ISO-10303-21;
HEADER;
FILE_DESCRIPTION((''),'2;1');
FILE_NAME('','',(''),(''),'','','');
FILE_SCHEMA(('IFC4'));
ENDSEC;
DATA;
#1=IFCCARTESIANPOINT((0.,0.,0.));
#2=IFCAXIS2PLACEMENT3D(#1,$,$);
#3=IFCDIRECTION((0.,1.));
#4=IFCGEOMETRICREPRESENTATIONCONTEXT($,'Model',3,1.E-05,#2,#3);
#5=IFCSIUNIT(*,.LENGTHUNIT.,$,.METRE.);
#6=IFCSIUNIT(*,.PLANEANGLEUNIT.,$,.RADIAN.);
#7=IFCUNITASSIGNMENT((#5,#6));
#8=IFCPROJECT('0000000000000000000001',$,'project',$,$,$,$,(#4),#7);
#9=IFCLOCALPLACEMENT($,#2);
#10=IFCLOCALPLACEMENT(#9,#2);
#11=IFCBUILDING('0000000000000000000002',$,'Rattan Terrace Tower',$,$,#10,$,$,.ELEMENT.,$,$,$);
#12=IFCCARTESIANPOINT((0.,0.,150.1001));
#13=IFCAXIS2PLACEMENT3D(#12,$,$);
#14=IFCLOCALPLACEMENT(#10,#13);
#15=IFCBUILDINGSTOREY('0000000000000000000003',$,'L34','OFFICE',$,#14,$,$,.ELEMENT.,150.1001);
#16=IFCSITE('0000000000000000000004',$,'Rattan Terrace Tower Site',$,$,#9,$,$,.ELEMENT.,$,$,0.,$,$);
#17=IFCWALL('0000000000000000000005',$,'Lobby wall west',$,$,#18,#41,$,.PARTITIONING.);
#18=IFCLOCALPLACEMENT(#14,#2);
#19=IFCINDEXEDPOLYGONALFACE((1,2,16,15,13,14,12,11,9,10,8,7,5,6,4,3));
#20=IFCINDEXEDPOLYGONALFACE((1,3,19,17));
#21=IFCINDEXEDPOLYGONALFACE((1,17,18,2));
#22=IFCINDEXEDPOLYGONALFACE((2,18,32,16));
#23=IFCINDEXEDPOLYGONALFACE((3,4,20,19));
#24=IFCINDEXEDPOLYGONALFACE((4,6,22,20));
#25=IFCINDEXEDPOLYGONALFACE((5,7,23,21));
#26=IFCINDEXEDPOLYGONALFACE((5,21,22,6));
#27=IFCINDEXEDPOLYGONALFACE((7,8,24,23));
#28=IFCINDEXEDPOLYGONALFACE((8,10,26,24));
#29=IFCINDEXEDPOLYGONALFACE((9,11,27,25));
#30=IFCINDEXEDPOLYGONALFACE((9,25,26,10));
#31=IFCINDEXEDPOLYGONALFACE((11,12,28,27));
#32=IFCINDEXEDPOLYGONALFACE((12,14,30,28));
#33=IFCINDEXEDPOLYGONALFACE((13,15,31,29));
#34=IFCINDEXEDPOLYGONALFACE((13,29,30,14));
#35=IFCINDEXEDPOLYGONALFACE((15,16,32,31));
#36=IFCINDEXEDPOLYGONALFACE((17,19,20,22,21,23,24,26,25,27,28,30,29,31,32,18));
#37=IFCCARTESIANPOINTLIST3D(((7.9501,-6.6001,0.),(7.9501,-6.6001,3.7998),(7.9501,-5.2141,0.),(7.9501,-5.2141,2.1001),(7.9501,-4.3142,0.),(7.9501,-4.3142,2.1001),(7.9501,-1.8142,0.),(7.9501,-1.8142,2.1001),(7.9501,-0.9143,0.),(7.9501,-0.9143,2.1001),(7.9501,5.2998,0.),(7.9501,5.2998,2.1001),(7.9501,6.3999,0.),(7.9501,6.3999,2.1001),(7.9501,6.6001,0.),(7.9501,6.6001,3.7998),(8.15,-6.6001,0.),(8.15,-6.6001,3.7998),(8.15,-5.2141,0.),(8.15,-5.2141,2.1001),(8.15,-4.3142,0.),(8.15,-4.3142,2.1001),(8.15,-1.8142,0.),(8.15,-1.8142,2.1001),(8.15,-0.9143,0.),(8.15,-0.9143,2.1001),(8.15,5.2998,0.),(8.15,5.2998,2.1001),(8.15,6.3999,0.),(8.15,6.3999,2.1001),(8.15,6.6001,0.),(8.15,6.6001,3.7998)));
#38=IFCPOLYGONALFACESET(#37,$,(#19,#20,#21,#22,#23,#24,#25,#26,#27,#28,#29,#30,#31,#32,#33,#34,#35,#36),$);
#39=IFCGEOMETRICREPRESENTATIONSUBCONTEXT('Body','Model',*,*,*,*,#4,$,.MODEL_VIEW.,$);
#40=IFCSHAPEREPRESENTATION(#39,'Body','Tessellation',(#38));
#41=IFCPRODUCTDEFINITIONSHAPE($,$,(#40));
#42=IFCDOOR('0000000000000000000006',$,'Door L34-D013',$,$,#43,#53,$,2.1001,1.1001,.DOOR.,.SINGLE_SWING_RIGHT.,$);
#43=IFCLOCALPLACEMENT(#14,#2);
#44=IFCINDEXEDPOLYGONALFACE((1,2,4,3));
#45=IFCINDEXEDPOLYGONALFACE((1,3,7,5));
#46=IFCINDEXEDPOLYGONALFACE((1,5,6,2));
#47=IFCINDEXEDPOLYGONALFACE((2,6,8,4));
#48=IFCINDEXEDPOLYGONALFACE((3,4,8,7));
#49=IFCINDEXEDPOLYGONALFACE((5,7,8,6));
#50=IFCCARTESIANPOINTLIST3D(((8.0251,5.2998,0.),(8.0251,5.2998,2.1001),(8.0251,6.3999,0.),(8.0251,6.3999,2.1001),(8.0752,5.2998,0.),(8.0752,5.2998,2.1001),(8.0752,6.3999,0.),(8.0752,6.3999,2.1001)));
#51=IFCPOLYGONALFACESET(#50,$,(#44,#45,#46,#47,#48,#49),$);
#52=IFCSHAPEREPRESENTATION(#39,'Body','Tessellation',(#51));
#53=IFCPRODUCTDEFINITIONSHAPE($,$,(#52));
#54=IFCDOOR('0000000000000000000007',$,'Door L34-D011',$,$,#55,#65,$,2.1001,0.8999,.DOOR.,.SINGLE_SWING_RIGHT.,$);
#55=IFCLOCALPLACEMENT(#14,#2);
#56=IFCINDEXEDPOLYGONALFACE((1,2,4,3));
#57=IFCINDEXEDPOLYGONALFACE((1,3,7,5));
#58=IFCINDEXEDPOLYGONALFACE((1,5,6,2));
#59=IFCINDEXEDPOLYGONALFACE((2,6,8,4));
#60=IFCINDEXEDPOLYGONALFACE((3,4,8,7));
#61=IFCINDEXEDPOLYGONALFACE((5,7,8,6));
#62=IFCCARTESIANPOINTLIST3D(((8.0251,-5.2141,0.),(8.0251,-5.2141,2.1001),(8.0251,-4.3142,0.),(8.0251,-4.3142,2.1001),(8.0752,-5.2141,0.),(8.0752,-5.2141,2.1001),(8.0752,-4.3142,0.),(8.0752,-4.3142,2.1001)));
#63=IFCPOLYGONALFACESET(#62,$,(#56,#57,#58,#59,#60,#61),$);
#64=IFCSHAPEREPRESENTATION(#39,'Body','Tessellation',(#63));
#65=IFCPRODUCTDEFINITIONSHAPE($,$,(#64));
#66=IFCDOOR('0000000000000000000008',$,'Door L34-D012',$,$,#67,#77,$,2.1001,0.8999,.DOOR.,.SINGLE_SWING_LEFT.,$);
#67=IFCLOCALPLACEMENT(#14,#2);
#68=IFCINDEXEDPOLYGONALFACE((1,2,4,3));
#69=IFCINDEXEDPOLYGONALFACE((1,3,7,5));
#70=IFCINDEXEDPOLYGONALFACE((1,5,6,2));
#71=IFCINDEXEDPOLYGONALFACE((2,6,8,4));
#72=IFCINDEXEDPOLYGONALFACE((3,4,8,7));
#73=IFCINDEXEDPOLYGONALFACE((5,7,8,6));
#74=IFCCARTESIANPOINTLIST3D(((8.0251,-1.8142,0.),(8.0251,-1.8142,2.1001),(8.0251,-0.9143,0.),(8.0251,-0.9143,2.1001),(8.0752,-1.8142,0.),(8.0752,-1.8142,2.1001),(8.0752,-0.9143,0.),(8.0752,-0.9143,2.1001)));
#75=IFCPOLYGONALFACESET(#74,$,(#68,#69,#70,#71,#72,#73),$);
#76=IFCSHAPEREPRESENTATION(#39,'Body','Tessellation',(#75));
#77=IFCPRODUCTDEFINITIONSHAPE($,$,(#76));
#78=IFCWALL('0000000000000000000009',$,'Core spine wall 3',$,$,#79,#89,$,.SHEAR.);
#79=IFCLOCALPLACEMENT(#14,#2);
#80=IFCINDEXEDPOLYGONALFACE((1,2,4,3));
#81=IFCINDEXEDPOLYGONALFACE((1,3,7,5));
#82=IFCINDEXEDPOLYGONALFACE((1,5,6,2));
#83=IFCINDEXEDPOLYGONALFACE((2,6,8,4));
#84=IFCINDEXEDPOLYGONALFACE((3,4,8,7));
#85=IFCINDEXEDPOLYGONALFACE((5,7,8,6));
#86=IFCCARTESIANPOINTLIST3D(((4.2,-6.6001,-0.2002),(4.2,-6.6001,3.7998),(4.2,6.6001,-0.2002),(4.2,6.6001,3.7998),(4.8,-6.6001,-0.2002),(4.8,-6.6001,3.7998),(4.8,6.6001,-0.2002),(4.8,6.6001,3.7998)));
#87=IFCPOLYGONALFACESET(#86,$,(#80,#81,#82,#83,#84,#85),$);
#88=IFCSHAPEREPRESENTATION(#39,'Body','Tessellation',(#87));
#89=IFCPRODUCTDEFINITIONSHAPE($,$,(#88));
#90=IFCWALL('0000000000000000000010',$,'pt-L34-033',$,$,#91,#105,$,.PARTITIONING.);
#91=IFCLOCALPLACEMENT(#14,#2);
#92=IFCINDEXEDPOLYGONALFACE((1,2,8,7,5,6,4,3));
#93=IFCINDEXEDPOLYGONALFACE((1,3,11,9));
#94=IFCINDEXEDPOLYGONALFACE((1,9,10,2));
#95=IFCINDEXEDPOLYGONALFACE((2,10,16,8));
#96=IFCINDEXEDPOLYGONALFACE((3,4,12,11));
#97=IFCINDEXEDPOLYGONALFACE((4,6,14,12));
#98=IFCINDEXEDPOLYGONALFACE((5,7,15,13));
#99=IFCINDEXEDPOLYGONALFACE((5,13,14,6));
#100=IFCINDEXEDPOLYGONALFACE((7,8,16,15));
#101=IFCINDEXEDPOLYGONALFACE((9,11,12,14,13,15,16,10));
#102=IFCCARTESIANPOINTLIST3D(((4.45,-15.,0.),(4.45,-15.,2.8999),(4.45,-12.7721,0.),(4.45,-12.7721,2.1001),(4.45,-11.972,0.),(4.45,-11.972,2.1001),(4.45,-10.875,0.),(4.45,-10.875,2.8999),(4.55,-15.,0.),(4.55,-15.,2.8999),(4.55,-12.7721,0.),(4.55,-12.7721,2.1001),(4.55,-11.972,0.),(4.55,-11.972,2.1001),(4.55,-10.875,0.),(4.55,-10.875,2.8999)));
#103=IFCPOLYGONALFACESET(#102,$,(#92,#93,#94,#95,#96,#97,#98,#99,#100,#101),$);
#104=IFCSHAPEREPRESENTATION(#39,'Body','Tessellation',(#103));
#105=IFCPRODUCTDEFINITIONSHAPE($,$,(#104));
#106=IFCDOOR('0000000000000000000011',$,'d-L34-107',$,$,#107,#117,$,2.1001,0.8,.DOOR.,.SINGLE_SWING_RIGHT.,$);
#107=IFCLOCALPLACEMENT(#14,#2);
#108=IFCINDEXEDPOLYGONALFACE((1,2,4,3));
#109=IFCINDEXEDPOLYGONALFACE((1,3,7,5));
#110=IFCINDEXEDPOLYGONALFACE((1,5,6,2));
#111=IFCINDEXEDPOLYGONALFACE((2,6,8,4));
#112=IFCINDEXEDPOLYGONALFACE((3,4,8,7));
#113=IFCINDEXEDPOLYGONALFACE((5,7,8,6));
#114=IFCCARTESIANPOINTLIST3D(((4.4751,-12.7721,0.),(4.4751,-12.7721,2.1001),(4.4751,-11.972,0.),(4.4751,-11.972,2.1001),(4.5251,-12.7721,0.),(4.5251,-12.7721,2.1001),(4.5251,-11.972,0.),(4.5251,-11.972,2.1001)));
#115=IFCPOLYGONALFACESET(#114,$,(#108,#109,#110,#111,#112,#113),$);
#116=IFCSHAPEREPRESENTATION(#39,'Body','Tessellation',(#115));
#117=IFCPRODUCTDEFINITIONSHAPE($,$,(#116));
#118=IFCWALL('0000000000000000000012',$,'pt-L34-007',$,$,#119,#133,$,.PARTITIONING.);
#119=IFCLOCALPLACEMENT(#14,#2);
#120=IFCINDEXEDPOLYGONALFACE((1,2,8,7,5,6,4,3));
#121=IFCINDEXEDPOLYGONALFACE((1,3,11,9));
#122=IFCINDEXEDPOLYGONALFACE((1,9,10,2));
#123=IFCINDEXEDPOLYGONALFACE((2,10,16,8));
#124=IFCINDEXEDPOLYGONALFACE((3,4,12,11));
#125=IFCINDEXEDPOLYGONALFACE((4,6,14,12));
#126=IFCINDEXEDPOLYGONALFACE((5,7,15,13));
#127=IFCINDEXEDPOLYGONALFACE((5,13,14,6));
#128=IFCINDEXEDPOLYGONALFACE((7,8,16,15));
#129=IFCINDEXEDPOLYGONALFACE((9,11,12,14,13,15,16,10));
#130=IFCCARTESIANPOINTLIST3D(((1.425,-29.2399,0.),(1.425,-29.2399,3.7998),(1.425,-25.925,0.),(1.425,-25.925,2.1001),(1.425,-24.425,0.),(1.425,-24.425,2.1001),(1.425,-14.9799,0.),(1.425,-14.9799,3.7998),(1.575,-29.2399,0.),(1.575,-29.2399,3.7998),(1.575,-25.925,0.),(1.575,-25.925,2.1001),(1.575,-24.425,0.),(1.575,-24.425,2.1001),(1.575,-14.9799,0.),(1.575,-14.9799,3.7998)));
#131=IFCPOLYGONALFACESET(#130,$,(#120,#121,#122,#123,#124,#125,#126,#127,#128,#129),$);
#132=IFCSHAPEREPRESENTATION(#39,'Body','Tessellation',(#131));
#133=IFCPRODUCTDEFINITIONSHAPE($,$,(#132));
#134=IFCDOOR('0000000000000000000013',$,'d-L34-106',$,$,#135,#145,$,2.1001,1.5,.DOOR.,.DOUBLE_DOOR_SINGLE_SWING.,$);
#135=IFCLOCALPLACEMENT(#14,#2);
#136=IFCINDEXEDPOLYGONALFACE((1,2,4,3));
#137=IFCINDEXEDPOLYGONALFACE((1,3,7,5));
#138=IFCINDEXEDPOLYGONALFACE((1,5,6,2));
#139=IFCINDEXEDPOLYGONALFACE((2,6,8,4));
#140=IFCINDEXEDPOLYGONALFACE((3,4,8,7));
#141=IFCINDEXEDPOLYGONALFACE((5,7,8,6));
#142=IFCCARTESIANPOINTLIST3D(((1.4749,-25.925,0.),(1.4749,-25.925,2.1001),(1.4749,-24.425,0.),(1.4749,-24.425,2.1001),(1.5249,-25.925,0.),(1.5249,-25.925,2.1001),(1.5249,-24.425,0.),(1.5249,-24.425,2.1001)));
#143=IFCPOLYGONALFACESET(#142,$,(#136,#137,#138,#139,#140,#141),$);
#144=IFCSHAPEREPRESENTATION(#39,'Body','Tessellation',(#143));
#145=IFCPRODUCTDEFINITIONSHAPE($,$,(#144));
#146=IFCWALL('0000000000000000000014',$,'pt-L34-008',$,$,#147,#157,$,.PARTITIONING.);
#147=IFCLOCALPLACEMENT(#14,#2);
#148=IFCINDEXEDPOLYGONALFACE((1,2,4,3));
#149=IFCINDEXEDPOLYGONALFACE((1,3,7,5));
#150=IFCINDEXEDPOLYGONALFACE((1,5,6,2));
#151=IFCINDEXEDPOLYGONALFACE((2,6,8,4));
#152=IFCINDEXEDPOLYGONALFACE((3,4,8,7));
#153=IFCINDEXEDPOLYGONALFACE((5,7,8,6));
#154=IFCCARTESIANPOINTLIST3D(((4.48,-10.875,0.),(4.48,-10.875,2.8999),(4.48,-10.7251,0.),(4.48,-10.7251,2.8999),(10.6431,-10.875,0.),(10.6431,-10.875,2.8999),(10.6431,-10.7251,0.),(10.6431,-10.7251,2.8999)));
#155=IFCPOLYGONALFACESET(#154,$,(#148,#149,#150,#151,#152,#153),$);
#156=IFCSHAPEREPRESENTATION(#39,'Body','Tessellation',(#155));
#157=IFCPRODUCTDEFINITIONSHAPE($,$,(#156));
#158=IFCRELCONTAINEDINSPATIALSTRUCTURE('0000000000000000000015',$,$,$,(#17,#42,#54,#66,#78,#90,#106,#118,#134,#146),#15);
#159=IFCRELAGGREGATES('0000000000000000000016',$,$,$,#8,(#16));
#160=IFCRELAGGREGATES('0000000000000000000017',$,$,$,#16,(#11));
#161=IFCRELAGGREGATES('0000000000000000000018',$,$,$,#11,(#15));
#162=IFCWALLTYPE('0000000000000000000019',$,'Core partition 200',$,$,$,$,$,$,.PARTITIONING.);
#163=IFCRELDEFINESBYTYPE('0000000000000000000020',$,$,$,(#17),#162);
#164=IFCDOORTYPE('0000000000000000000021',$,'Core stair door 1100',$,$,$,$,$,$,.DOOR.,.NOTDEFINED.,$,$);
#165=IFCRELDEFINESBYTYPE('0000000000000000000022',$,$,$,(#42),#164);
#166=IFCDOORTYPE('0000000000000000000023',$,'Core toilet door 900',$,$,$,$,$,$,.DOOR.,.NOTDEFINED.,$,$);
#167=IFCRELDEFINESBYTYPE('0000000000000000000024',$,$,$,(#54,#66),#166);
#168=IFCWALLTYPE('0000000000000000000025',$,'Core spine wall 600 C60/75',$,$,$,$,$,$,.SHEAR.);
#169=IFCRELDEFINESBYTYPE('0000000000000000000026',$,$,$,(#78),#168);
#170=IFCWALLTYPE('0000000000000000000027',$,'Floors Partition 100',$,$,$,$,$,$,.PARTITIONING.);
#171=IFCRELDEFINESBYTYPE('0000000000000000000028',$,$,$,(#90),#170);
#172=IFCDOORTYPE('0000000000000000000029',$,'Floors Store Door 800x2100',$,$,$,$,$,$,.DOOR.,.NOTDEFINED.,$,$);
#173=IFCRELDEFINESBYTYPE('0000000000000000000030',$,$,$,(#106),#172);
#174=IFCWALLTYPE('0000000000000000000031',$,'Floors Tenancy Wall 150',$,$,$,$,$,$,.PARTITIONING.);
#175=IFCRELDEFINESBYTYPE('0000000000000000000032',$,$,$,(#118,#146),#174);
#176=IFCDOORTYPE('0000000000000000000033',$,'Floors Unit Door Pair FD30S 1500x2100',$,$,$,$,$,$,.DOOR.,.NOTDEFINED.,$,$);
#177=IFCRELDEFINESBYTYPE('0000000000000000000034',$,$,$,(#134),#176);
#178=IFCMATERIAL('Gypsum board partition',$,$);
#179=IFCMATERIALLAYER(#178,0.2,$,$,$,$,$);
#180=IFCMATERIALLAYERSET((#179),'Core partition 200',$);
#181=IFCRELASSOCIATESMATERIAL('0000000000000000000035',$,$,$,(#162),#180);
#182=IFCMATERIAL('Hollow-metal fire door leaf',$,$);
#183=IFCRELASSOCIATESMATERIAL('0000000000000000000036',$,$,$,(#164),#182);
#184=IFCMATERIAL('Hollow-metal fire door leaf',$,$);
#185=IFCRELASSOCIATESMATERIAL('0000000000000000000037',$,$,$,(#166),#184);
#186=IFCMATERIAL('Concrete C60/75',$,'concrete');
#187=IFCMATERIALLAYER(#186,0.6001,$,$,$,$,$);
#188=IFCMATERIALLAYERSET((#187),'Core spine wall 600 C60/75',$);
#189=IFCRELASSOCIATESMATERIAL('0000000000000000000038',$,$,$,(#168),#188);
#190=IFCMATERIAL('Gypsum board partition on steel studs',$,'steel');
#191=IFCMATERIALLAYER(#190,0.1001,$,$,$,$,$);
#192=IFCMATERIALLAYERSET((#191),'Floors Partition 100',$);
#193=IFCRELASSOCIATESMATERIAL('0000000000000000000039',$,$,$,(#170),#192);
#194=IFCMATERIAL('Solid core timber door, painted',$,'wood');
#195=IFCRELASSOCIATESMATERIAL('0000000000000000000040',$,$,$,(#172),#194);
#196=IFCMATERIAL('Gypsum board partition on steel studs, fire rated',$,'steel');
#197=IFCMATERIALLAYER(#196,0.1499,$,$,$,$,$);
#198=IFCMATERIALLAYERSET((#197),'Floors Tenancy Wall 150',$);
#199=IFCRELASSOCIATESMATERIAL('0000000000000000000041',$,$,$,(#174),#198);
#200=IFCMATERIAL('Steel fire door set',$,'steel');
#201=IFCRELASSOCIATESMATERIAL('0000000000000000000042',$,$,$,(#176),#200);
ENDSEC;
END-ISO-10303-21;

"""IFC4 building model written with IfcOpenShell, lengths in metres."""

from ifc_helpers import new_model, si_unit, direction, frame, frame_2d, origin, place, context, subcontext, project, spatial, rectangle, extrude, material, layer, layer_set, type_object, element, fill, save


model = new_model("IFC4")

# Units and contexts
model_context = context("Model", 3, precision=1e-05, world=origin(), true_north=direction((0.0, 1.0)))
body_context = subcontext(model_context, "Body", "Model", "MODEL_VIEW")
ifc_project = project(units=[si_unit("LENGTHUNIT", "METRE"), si_unit("PLANEANGLEUNIT", "RADIAN")], contexts=[model_context])

# Site, building, storey
site_placement = place(None, origin())
site = spatial("IfcSite", under=ifc_project, at=site_placement, Name="Rattan Terrace Tower Site", CompositionType="ELEMENT", RefElevation=0.0)
building_placement = place(site_placement, origin())
building = spatial("IfcBuilding", under=site, at=building_placement, Name="Rattan Terrace Tower", CompositionType="ELEMENT")
storey_placement = place(building_placement, frame((0.0, 0.0, 150.1001)))
storey = spatial("IfcBuildingStorey", under=building, at=storey_placement, Name="L34", Description="OFFICE", CompositionType="ELEMENT", Elevation=150.1001)

# Wall, openings, doors
ifc_material_1 = material(Name="Gypsum board partition")
ifc_layer_1 = layer(ifc_material_1, 0.2)
ifc_layer_set_1 = layer_set([ifc_layer_1], Name="Core partition 200")
wall_type_1 = type_object("IfcWallType", Name="Core partition 200", PredefinedType="PARTITIONING", material=ifc_layer_set_1)
wall_1_placement = place(storey_placement, frame((8.05, -6.6001, 0.0), z_axis=(0.0, 0.0, 1.0), x_axis=(0.0, 1.0, 0.0)))
wall_1 = element("IfcWall", 1, at=wall_1_placement, inside=storey, type_object=wall_type_1, Name="Lobby wall west", PredefinedType="PARTITIONING", context=body_context, shape_type="SweptSolid", body=[
    extrude(rectangle(XDim=13.2002, YDim=0.2, at=frame_2d((6.6001, 0.0))), origin(), (0.0, 0.0, 1.0), 3.7998),
])
opening_1_placement = place(wall_1_placement, frame((1.386, 0.0, 0.0)))
opening_1 = element("IfcOpeningElement", 2, at=opening_1_placement, cuts=wall_1, PredefinedType="OPENING", context=body_context, shape_type="SweptSolid", body=[
    extrude(rectangle(XDim=0.8999, YDim=2.1001, at=frame_2d((0.45, 1.05))), frame((0.0, 0.1106, 0.0), z_axis=(0.0, -1.0, 0.0), x_axis=(1.0, 0.0, 0.0)), (0.0, 0.0, 1.0), 0.2209),
])
opening_2_placement = place(wall_1_placement, frame((4.7859, 0.0, 0.0)))
opening_2 = element("IfcOpeningElement", 3, at=opening_2_placement, cuts=wall_1, PredefinedType="OPENING", context=body_context, shape_type="SweptSolid", body=[
    extrude(rectangle(XDim=0.8999, YDim=2.1001, at=frame_2d((0.45, 1.05))), frame((0.0, 0.1106, 0.0), z_axis=(0.0, -1.0, 0.0), x_axis=(1.0, 0.0, 0.0)), (0.0, 0.0, 1.0), 0.2209),
])
opening_3_placement = place(wall_1_placement, frame((11.8999, 0.0, 0.0)))
opening_3 = element("IfcOpeningElement", 4, at=opening_3_placement, cuts=wall_1, PredefinedType="OPENING", context=body_context, shape_type="SweptSolid", body=[
    extrude(rectangle(XDim=1.1001, YDim=2.1001, at=frame_2d((0.55, 1.05))), frame((0.0, 0.1106, 0.0), z_axis=(0.0, -1.0, 0.0), x_axis=(1.0, 0.0, 0.0)), (0.0, 0.0, 1.0), 0.2209),
])
ifc_material_2 = material(Name="Hollow-metal fire door leaf")
door_type_1 = type_object("IfcDoorType", Name="Core stair door 1100", OperationType="NOTDEFINED", PredefinedType="DOOR", material=ifc_material_2)
door_1_placement = place(opening_3_placement, origin())
door_1 = element("IfcDoor", 5, at=door_1_placement, inside=storey, type_object=door_type_1, Name="Door L34-D013", OperationType="SINGLE_SWING_RIGHT", OverallHeight=2.1001, OverallWidth=1.1001, PredefinedType="DOOR", context=body_context, shape_type="SweptSolid", body=[
    extrude(rectangle(XDim=1.1001, YDim=2.1001, at=frame_2d((0.55, 1.05))), frame((0.0, 0.0249, 0.0), z_axis=(0.0, -1.0, 0.0), x_axis=(1.0, 0.0, 0.0)), (0.0, 0.0, 1.0), 0.05),
])
fill(opening_3, door_1)
ifc_material_3 = material(Name="Hollow-metal fire door leaf")
door_type_2 = type_object("IfcDoorType", Name="Core toilet door 900", OperationType="NOTDEFINED", PredefinedType="DOOR", material=ifc_material_3)
door_2_placement = place(opening_1_placement, origin())
door_2 = element("IfcDoor", 6, at=door_2_placement, inside=storey, type_object=door_type_2, Name="Door L34-D011", OperationType="SINGLE_SWING_RIGHT", OverallHeight=2.1001, OverallWidth=0.8999, PredefinedType="DOOR", context=body_context, shape_type="SweptSolid", body=[
    extrude(rectangle(XDim=0.8999, YDim=2.1001, at=frame_2d((0.45, 1.05))), frame((0.0, 0.0249, 0.0), z_axis=(0.0, -1.0, 0.0), x_axis=(1.0, 0.0, 0.0)), (0.0, 0.0, 1.0), 0.05),
])
fill(opening_1, door_2)
door_3_placement = place(opening_2_placement, origin())
door_3 = element("IfcDoor", 7, at=door_3_placement, inside=storey, type_object=door_type_2, Name="Door L34-D012", OperationType="SINGLE_SWING_LEFT", OverallHeight=2.1001, OverallWidth=0.8999, PredefinedType="DOOR", context=body_context, shape_type="SweptSolid", body=[
    extrude(rectangle(XDim=0.8999, YDim=2.1001, at=frame_2d((0.45, 1.05))), frame((0.0, 0.0249, 0.0), z_axis=(0.0, -1.0, 0.0), x_axis=(1.0, 0.0, 0.0)), (0.0, 0.0, 1.0), 0.05),
])
fill(opening_2, door_3)

# Wall
ifc_material_4 = material(Name="Concrete C60/75", Category="concrete")
ifc_layer_2 = layer(ifc_material_4, 0.6001)
ifc_layer_set_2 = layer_set([ifc_layer_2], Name="Core spine wall 600 C60/75")
wall_type_2 = type_object("IfcWallType", Name="Core spine wall 600 C60/75", PredefinedType="SHEAR", material=ifc_layer_set_2)
wall_2_placement = place(storey_placement, frame((4.5, -6.6001, -0.2002), z_axis=(0.0, 0.0, 1.0), x_axis=(0.0, 1.0, 0.0)))
element("IfcWall", 8, at=wall_2_placement, inside=storey, type_object=wall_type_2, Name="Core spine wall 3", PredefinedType="SHEAR", context=body_context, shape_type="SweptSolid", body=[
    extrude(rectangle(XDim=13.2002, YDim=0.6001, at=frame_2d((6.6001, 0.0))), origin(), (0.0, 0.0, 1.0), 4.0),
])

# Walls, openings, doors
ifc_material_5 = material(Name="Gypsum board partition on steel studs", Category="steel")
ifc_layer_3 = layer(ifc_material_5, 0.1001)
ifc_layer_set_3 = layer_set([ifc_layer_3], Name="Floors Partition 100")
wall_type_3 = type_object("IfcWallType", Name="Floors Partition 100", PredefinedType="PARTITIONING", material=ifc_layer_set_3)
wall_3_placement = place(storey_placement, frame((4.5, -15.0, 0.0), z_axis=(0.0, 0.0, 1.0), x_axis=(0.0, 1.0, 0.0)))
wall_3 = element("IfcWall", 9, at=wall_3_placement, inside=storey, type_object=wall_type_3, Name="pt-L34-033", PredefinedType="PARTITIONING", context=body_context, shape_type="SweptSolid", body=[
    extrude(rectangle(XDim=4.125, YDim=0.1001, at=frame_2d((2.0625, 0.0))), origin(), (0.0, 0.0, 1.0), 2.8999),
])
opening_4_placement = place(wall_3_placement, frame((2.228, 0.0, 0.0)))
opening_4 = element("IfcOpeningElement", 10, at=opening_4_placement, cuts=wall_3, PredefinedType="OPENING", context=body_context, shape_type="SweptSolid", body=[
    extrude(rectangle(XDim=0.8, YDim=2.1001, at=frame_2d((0.3999, 1.05))), frame((0.0, 0.0605, 0.0), z_axis=(0.0, -1.0, 0.0), x_axis=(1.0, 0.0, 0.0)), (0.0, 0.0, 1.0), 0.1211),
])
ifc_material_6 = material(Name="Solid core timber door, painted", Category="wood")
door_type_3 = type_object("IfcDoorType", Name="Floors Store Door 800x2100", OperationType="NOTDEFINED", PredefinedType="DOOR", material=ifc_material_6)
door_4_placement = place(opening_4_placement, origin())
door_4 = element("IfcDoor", 11, at=door_4_placement, inside=storey, type_object=door_type_3, Name="d-L34-107", OperationType="SINGLE_SWING_RIGHT", OverallHeight=2.1001, OverallWidth=0.8, PredefinedType="DOOR", context=body_context, shape_type="SweptSolid", body=[
    extrude(rectangle(XDim=0.8, YDim=2.1001, at=frame_2d((0.3999, 1.05))), frame((0.0, 0.0249, 0.0), z_axis=(0.0, -1.0, 0.0), x_axis=(1.0, 0.0, 0.0)), (0.0, 0.0, 1.0), 0.05),
])
fill(opening_4, door_4)
ifc_material_7 = material(Name="Gypsum board partition on steel studs, fire rated", Category="steel")
ifc_layer_4 = layer(ifc_material_7, 0.1499)
ifc_layer_set_4 = layer_set([ifc_layer_4], Name="Floors Tenancy Wall 150")
wall_type_4 = type_object("IfcWallType", Name="Floors Tenancy Wall 150", PredefinedType="PARTITIONING", material=ifc_layer_set_4)
wall_4_placement = place(storey_placement, frame((1.5, -14.98, 0.0), z_axis=(0.0, 0.0, 1.0), x_axis=(0.0, -1.0, 0.0)))
wall_4 = element("IfcWall", 12, at=wall_4_placement, inside=storey, type_object=wall_type_4, Name="pt-L34-007", PredefinedType="PARTITIONING", context=body_context, shape_type="SweptSolid", body=[
    extrude(rectangle(XDim=14.26, YDim=0.1499, at=frame_2d((7.1299, 0.0))), origin(), (0.0, 0.0, 1.0), 3.7998),
])
opening_5_placement = place(wall_4_placement, frame((9.4451, 0.0, 0.0)))
opening_5 = element("IfcOpeningElement", 13, at=opening_5_placement, cuts=wall_4, PredefinedType="OPENING", context=body_context, shape_type="SweptSolid", body=[
    extrude(rectangle(XDim=1.5, YDim=2.1001, at=frame_2d((0.75, 1.05))), frame((0.0, 0.0854, 0.0), z_axis=(0.0, -1.0, 0.0), x_axis=(1.0, 0.0, 0.0)), (0.0, 0.0, 1.0), 0.1709),
])
ifc_material_8 = material(Name="Steel fire door set", Category="steel")
door_type_4 = type_object("IfcDoorType", Name="Floors Unit Door Pair FD30S 1500x2100", OperationType="NOTDEFINED", PredefinedType="DOOR", material=ifc_material_8)
door_5_placement = place(opening_5_placement, origin())
door_5 = element("IfcDoor", 14, at=door_5_placement, inside=storey, type_object=door_type_4, Name="d-L34-106", OperationType="DOUBLE_DOOR_SINGLE_SWING", OverallHeight=2.1001, OverallWidth=1.5, PredefinedType="DOOR", context=body_context, shape_type="SweptSolid", body=[
    extrude(rectangle(XDim=1.5, YDim=2.1001, at=frame_2d((0.75, 1.05))), frame((0.0, 0.0249, 0.0), z_axis=(0.0, -1.0, 0.0), x_axis=(1.0, 0.0, 0.0)), (0.0, 0.0, 1.0), 0.05),
])
fill(opening_5, door_5)

# Wall
wall_5_placement = place(storey_placement, frame((10.6431, -10.8, 0.0), z_axis=(0.0, 0.0, 1.0), x_axis=(-1.0, 0.0, 0.0)))
element("IfcWall", 15, at=wall_5_placement, inside=storey, type_object=wall_type_4, Name="pt-L34-008", PredefinedType="PARTITIONING", context=body_context, shape_type="SweptSolid", body=[
    extrude(rectangle(XDim=6.1631, YDim=0.1499, at=frame_2d((3.0815, 0.0))), origin(), (0.0, 0.0, 1.0), 2.8999),
])

save(model, "model.ifc")
